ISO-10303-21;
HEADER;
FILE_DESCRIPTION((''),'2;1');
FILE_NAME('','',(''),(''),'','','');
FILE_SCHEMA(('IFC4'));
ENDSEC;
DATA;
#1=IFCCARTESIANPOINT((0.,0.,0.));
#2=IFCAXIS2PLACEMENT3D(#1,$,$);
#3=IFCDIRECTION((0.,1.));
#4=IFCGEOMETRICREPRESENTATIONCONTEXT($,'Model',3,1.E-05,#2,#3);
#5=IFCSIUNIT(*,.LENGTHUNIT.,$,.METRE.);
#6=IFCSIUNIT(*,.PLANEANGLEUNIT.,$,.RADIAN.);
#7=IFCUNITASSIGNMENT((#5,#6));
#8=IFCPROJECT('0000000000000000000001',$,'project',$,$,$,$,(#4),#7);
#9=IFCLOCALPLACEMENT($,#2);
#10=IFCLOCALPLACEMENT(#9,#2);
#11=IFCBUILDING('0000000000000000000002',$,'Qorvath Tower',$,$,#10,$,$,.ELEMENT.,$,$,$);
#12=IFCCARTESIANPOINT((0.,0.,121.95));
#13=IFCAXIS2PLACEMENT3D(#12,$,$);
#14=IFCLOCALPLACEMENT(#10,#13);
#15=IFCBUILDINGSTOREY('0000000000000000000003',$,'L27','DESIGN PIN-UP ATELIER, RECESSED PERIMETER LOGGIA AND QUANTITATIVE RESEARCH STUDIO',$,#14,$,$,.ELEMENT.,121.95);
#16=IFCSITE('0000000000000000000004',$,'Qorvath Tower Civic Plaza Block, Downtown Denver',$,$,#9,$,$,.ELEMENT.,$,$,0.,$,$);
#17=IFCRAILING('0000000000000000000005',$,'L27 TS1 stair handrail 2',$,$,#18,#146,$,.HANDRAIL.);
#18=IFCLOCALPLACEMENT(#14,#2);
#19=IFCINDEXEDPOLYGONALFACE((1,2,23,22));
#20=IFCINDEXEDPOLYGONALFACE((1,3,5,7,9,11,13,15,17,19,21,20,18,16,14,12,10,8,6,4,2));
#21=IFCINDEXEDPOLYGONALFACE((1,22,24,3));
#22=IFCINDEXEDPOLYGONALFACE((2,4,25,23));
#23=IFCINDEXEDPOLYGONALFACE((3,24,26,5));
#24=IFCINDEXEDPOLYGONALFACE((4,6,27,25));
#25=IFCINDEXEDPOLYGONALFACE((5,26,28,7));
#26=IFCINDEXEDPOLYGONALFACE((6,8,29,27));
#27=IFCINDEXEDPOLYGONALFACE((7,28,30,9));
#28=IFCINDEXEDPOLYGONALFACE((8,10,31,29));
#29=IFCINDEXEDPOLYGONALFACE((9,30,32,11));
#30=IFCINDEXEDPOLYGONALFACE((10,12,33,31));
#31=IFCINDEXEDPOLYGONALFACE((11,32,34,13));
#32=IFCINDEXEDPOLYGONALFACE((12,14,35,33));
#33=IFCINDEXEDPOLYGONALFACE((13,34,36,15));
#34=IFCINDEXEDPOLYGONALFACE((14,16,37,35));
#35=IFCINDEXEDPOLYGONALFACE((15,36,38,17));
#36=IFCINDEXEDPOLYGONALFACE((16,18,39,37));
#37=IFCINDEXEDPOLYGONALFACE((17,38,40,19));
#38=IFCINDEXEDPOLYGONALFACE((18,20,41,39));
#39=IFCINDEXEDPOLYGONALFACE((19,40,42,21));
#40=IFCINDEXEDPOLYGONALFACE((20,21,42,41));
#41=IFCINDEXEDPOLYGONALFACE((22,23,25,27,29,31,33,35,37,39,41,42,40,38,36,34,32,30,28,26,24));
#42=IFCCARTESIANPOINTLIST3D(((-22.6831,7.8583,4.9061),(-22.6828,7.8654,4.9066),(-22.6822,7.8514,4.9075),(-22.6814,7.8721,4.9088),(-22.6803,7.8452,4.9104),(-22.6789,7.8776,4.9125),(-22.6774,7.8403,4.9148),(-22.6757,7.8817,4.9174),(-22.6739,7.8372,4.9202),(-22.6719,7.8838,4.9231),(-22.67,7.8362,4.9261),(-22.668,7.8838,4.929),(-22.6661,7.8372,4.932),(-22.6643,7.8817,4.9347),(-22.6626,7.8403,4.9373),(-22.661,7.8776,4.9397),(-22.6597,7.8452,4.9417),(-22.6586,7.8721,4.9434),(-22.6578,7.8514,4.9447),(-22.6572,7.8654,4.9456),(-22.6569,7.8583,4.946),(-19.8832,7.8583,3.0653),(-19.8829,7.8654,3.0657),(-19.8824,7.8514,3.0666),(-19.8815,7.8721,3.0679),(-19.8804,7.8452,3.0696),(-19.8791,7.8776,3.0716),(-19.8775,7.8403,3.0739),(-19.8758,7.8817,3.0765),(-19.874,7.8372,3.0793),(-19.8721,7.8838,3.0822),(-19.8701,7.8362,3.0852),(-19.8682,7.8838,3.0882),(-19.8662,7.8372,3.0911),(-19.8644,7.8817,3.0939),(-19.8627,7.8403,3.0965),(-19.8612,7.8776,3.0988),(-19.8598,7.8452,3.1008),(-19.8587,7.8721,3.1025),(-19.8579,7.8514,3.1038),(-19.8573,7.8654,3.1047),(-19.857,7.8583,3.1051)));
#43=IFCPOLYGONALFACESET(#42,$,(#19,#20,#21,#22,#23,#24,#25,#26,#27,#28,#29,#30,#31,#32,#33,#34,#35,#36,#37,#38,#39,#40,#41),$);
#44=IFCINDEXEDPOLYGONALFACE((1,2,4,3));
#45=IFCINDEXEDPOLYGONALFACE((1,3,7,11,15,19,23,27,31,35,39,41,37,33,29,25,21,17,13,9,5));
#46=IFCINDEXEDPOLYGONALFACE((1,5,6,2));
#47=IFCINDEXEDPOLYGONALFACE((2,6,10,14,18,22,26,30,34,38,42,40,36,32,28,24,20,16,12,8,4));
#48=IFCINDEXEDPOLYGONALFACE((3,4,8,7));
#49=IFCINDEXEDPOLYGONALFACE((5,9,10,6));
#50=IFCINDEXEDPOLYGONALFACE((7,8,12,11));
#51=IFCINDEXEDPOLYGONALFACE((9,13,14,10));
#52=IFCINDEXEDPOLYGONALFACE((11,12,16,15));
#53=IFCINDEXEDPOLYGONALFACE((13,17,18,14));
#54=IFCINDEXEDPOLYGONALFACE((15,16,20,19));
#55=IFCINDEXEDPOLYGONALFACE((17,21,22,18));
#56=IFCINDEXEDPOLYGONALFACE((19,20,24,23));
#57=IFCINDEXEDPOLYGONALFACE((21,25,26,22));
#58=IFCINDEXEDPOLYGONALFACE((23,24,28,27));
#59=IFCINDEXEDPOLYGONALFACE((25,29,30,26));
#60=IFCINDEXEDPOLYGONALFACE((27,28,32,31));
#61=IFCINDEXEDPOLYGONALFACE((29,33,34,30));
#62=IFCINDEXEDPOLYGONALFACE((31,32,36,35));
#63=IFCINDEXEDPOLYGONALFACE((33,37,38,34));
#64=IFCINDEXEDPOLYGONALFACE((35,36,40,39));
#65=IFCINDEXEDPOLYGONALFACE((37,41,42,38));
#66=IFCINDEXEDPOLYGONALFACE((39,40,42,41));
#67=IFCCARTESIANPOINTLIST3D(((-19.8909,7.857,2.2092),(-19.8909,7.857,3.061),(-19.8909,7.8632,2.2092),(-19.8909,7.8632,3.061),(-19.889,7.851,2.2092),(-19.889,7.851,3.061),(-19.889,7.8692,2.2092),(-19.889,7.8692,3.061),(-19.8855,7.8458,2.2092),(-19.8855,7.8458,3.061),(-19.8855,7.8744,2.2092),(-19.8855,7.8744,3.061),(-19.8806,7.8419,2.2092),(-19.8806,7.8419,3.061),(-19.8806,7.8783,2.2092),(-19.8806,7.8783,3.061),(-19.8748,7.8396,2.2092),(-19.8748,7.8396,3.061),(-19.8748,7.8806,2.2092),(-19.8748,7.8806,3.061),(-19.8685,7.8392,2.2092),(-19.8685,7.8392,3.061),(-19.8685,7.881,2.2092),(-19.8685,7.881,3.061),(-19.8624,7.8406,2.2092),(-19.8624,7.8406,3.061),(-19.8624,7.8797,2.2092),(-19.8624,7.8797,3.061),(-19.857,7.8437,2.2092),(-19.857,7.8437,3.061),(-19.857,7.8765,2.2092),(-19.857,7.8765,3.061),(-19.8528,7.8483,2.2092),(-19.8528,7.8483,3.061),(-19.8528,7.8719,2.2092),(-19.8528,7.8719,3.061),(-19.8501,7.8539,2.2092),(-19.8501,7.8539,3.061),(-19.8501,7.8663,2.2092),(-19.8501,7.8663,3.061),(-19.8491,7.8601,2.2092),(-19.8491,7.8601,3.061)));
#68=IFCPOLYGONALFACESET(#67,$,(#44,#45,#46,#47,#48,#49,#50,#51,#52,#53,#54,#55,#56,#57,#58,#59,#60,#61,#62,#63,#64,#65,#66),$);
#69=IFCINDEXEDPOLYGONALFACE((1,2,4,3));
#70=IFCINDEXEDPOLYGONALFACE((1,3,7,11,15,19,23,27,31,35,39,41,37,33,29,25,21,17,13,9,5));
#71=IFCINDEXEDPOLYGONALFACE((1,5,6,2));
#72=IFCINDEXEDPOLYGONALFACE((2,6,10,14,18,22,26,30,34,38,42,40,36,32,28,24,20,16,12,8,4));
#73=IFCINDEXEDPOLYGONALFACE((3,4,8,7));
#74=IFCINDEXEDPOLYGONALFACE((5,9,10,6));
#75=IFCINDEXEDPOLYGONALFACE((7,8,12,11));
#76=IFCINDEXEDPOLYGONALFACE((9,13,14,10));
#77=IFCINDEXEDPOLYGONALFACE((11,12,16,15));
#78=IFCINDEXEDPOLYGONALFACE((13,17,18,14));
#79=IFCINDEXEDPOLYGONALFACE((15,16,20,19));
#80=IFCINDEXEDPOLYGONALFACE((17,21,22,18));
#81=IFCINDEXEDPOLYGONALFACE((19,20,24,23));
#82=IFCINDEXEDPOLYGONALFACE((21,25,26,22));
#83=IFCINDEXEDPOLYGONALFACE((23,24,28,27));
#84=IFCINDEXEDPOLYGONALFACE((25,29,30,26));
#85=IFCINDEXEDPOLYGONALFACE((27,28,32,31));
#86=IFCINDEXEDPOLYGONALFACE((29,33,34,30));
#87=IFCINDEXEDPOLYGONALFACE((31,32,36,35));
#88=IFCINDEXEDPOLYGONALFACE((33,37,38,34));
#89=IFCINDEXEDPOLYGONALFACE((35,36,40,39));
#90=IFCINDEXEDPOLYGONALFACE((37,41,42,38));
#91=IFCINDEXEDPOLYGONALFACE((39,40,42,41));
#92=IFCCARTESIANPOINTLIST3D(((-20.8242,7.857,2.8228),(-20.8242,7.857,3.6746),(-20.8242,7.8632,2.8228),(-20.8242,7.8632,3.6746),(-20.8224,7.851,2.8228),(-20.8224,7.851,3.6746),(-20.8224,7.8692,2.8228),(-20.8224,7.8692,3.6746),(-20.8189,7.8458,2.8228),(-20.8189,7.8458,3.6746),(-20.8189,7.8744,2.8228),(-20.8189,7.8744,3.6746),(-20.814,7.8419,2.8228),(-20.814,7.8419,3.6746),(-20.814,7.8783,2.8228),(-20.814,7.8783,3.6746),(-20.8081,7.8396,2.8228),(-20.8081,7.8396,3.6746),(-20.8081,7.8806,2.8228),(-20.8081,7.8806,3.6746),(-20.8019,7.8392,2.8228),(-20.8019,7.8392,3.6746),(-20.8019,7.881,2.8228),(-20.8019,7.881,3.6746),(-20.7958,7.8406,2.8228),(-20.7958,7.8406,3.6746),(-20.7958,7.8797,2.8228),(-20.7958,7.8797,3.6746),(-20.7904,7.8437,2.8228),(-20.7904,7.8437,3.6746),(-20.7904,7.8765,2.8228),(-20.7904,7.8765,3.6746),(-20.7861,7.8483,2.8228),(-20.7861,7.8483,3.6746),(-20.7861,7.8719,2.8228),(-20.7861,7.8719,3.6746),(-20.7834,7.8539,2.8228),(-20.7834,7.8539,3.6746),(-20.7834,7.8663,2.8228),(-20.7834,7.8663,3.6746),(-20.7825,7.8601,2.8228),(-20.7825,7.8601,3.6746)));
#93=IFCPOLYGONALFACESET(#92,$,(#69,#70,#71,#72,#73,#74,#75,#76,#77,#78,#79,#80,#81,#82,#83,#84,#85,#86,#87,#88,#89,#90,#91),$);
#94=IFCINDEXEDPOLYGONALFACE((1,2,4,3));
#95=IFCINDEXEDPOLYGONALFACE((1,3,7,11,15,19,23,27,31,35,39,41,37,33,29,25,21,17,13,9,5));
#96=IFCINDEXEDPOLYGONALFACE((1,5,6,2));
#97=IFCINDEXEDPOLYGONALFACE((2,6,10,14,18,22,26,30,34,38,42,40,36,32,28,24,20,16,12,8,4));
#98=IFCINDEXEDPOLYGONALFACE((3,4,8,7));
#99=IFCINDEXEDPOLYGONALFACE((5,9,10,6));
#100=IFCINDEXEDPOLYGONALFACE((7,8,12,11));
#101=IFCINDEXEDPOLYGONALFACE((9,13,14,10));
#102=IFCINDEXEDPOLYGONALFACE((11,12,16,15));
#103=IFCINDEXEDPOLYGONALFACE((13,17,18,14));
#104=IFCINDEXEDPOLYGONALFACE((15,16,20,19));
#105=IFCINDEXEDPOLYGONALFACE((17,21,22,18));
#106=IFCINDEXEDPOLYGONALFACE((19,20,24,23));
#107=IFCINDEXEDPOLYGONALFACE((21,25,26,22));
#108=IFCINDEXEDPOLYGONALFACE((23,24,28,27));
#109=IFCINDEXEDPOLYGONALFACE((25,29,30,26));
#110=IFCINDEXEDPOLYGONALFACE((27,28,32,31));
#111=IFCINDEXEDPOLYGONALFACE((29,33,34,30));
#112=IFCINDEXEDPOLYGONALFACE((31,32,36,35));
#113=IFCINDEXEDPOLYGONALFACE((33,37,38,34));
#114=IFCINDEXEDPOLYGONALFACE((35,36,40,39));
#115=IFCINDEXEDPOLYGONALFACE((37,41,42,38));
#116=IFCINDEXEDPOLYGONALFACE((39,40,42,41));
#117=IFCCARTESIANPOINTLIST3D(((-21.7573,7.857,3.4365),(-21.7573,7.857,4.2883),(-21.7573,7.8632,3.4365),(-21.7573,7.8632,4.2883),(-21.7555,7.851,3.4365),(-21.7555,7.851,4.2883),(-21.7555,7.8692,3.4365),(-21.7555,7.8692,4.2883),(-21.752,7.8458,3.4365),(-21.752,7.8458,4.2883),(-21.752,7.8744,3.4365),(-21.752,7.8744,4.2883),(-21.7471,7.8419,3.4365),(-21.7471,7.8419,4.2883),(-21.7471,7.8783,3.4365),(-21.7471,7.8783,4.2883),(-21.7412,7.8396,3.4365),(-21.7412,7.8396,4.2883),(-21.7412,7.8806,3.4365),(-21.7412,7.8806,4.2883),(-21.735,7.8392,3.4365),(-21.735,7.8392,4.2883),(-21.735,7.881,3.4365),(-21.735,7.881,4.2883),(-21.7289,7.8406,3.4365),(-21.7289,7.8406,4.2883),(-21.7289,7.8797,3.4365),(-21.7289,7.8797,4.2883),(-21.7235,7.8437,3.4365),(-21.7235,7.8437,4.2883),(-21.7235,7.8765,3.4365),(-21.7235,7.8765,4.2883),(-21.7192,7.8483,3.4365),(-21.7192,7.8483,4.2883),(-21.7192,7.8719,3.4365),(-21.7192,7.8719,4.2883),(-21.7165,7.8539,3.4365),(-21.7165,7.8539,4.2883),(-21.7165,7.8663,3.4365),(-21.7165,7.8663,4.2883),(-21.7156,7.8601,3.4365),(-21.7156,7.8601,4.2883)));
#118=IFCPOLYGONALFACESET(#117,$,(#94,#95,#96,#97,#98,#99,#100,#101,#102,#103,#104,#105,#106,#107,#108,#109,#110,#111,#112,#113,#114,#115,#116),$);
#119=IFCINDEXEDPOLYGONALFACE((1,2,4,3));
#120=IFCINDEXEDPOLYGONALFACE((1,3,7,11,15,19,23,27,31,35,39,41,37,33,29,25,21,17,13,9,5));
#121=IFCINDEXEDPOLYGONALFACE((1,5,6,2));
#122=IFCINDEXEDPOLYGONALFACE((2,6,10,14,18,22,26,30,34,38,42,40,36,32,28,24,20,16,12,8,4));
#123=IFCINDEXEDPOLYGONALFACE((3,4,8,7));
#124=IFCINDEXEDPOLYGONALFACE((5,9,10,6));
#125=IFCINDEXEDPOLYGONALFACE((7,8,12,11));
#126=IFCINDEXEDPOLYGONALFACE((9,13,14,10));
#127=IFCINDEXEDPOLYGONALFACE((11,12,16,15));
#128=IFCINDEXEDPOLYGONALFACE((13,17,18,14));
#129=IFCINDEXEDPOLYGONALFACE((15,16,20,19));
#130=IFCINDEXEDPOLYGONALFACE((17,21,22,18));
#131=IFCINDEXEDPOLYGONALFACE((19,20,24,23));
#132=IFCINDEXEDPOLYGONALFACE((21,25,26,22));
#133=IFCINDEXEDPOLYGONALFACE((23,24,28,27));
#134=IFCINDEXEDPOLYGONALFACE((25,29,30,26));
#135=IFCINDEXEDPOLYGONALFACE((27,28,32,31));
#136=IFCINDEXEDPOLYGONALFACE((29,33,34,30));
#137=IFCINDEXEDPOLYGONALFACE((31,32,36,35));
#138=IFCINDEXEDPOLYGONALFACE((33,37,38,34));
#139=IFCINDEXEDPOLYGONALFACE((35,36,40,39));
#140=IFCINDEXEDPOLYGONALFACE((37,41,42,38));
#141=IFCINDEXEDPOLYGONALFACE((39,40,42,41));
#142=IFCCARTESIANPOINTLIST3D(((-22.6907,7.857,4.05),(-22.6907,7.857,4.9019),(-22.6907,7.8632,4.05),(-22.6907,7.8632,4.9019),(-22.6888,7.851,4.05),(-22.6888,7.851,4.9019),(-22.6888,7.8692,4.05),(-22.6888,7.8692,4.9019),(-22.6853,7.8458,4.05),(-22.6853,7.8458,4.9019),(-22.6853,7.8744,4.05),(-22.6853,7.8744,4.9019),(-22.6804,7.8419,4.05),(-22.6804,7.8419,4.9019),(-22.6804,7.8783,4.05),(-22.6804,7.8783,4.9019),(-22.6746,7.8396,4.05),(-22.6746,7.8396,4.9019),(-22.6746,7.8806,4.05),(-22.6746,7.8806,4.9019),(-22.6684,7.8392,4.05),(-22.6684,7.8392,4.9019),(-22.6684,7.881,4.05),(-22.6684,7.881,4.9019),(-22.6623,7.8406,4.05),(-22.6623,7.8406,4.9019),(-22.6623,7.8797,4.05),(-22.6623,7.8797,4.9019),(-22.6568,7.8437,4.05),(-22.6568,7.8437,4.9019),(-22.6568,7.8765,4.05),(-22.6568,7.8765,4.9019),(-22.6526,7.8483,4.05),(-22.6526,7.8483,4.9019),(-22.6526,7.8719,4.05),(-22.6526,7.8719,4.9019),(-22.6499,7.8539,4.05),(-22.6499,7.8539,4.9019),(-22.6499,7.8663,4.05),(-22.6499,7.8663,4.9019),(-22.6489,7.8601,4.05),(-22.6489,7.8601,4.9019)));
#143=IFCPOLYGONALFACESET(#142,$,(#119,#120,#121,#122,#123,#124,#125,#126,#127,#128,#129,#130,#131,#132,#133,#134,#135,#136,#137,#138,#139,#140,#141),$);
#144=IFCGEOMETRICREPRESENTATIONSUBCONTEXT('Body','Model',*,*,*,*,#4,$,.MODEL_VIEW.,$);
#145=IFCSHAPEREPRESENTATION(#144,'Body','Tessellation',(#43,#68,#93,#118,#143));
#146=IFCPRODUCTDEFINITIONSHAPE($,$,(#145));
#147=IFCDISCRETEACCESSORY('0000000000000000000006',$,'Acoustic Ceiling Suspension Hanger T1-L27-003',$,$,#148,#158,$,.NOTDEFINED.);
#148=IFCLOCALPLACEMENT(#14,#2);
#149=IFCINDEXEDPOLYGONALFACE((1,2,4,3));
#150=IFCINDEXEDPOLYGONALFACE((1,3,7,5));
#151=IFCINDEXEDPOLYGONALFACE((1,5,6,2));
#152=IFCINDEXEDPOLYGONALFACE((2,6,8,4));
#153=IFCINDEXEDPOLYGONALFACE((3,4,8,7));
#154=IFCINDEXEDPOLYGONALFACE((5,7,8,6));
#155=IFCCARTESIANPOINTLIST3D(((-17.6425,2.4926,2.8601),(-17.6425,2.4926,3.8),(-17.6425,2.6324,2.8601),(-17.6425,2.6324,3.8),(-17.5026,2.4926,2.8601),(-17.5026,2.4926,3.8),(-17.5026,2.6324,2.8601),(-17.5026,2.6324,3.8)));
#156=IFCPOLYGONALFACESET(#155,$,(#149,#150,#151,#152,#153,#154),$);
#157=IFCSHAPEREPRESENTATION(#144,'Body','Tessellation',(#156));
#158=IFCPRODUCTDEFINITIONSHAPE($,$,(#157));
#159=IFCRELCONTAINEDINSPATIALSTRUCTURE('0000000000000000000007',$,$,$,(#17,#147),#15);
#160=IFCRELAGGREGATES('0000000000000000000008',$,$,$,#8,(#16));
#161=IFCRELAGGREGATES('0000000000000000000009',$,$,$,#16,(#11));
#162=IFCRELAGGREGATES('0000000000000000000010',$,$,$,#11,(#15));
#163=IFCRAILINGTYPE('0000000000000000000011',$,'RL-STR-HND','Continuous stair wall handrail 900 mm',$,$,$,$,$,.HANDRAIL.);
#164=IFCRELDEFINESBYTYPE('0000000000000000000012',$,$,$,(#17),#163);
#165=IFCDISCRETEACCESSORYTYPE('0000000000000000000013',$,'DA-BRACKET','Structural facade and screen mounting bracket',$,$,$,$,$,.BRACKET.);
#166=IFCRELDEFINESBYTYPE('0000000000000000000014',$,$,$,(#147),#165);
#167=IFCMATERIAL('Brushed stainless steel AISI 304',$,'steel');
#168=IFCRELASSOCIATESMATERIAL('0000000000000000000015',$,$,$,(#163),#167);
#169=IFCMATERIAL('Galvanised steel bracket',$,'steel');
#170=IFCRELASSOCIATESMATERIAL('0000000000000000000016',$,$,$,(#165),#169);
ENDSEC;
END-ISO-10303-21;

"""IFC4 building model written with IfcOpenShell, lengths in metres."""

from ifc_helpers import new_model, si_unit, direction, frame, origin, origin_2d, place, context, subcontext, project, spatial, rectangle, circle, extrude, material, type_object, element, save


model = new_model("IFC4")

# Units and contexts
model_context = context("Model", 3, precision=1e-05, world=origin(), true_north=direction((0.0, 1.0)))
body_context = subcontext(model_context, "Body", "Model", "MODEL_VIEW")
ifc_project = project(units=[si_unit("LENGTHUNIT", "METRE"), si_unit("PLANEANGLEUNIT", "RADIAN")], contexts=[model_context])

# Site, building, storey
site_placement = place(None, origin())
site = spatial("IfcSite", under=ifc_project, at=site_placement, Name="Qorvath Tower Civic Plaza Block, Downtown Denver", CompositionType="ELEMENT", RefElevation=0.0)
building_placement = place(site_placement, origin())
building = spatial("IfcBuilding", under=site, at=building_placement, Name="Qorvath Tower", CompositionType="ELEMENT")
storey_placement = place(building_placement, frame((0.0, 0.0, 121.95)))
storey = spatial("IfcBuildingStorey", under=building, at=storey_placement, Name="L27", Description="DESIGN PIN-UP ATELIER, RECESSED PERIMETER LOGGIA AND QUANTITATIVE RESEARCH STUDIO", CompositionType="ELEMENT", Elevation=121.95)

# Railing
ifc_material_1 = material(Name="Brushed stainless steel AISI 304", Category="steel")
railing_type_1 = type_object("IfcRailingType", Name="RL-STR-HND", Description="Continuous stair wall handrail 900 mm", PredefinedType="HANDRAIL", material=ifc_material_1)
railing_1_placement = place(storey_placement, frame((-19.8701, 7.8601, 2.2092)))
element("IfcRailing", 1, at=railing_1_placement, inside=storey, type_object=railing_type_1, Name="L27 TS1 stair handrail 2", PredefinedType="HANDRAIL", context=body_context, shape_type="SweptSolid", body=[
    extrude(circle(Radius=0.0239, at=origin_2d()), frame((0.0, 0.0, 0.876), z_axis=(-0.835576, 0.0, 0.549376), x_axis=(0.0, -1.0, 0.0)), (0.0, 0.0, 1.0), 3.3508),
    extrude(circle(Radius=0.021, at=origin_2d()), origin(), (0.0, 0.0, 1.0), 0.8518),
    extrude(circle(Radius=0.021, at=origin_2d()), frame((-0.9333, 0.0, 0.6135)), (0.0, 0.0, 1.0), 0.8518),
    extrude(circle(Radius=0.021, at=origin_2d()), frame((-1.8665, 0.0, 1.2273)), (0.0, 0.0, 1.0), 0.8518),
    extrude(circle(Radius=0.021, at=origin_2d()), frame((-2.7998, 0.0, 1.8408)), (0.0, 0.0, 1.0), 0.8518),
])

# Discrete accessory
ifc_material_2 = material(Name="Galvanised steel bracket", Category="steel")
discrete_accessory_type = type_object("IfcDiscreteAccessoryType", Name="DA-BRACKET", Description="Structural facade and screen mounting bracket", PredefinedType="BRACKET", material=ifc_material_2)
discrete_accessory_placement = place(storey_placement, frame((-17.5725, 2.5625, 2.8601), z_axis=(0.0, 0.0, 1.0), x_axis=(1.0, 0.0, 0.0)))
element("IfcDiscreteAccessory", 2, at=discrete_accessory_placement, inside=storey, type_object=discrete_accessory_type, Name="Acoustic Ceiling Suspension Hanger T1-L27-003", PredefinedType="NOTDEFINED", context=body_context, shape_type="SweptSolid", body=[
    extrude(rectangle(XDim=0.1399, YDim=0.1399, at=origin_2d()), origin(), (0.0, 0.0, 1.0), 0.9399),
])

save(model, "model.ifc")
